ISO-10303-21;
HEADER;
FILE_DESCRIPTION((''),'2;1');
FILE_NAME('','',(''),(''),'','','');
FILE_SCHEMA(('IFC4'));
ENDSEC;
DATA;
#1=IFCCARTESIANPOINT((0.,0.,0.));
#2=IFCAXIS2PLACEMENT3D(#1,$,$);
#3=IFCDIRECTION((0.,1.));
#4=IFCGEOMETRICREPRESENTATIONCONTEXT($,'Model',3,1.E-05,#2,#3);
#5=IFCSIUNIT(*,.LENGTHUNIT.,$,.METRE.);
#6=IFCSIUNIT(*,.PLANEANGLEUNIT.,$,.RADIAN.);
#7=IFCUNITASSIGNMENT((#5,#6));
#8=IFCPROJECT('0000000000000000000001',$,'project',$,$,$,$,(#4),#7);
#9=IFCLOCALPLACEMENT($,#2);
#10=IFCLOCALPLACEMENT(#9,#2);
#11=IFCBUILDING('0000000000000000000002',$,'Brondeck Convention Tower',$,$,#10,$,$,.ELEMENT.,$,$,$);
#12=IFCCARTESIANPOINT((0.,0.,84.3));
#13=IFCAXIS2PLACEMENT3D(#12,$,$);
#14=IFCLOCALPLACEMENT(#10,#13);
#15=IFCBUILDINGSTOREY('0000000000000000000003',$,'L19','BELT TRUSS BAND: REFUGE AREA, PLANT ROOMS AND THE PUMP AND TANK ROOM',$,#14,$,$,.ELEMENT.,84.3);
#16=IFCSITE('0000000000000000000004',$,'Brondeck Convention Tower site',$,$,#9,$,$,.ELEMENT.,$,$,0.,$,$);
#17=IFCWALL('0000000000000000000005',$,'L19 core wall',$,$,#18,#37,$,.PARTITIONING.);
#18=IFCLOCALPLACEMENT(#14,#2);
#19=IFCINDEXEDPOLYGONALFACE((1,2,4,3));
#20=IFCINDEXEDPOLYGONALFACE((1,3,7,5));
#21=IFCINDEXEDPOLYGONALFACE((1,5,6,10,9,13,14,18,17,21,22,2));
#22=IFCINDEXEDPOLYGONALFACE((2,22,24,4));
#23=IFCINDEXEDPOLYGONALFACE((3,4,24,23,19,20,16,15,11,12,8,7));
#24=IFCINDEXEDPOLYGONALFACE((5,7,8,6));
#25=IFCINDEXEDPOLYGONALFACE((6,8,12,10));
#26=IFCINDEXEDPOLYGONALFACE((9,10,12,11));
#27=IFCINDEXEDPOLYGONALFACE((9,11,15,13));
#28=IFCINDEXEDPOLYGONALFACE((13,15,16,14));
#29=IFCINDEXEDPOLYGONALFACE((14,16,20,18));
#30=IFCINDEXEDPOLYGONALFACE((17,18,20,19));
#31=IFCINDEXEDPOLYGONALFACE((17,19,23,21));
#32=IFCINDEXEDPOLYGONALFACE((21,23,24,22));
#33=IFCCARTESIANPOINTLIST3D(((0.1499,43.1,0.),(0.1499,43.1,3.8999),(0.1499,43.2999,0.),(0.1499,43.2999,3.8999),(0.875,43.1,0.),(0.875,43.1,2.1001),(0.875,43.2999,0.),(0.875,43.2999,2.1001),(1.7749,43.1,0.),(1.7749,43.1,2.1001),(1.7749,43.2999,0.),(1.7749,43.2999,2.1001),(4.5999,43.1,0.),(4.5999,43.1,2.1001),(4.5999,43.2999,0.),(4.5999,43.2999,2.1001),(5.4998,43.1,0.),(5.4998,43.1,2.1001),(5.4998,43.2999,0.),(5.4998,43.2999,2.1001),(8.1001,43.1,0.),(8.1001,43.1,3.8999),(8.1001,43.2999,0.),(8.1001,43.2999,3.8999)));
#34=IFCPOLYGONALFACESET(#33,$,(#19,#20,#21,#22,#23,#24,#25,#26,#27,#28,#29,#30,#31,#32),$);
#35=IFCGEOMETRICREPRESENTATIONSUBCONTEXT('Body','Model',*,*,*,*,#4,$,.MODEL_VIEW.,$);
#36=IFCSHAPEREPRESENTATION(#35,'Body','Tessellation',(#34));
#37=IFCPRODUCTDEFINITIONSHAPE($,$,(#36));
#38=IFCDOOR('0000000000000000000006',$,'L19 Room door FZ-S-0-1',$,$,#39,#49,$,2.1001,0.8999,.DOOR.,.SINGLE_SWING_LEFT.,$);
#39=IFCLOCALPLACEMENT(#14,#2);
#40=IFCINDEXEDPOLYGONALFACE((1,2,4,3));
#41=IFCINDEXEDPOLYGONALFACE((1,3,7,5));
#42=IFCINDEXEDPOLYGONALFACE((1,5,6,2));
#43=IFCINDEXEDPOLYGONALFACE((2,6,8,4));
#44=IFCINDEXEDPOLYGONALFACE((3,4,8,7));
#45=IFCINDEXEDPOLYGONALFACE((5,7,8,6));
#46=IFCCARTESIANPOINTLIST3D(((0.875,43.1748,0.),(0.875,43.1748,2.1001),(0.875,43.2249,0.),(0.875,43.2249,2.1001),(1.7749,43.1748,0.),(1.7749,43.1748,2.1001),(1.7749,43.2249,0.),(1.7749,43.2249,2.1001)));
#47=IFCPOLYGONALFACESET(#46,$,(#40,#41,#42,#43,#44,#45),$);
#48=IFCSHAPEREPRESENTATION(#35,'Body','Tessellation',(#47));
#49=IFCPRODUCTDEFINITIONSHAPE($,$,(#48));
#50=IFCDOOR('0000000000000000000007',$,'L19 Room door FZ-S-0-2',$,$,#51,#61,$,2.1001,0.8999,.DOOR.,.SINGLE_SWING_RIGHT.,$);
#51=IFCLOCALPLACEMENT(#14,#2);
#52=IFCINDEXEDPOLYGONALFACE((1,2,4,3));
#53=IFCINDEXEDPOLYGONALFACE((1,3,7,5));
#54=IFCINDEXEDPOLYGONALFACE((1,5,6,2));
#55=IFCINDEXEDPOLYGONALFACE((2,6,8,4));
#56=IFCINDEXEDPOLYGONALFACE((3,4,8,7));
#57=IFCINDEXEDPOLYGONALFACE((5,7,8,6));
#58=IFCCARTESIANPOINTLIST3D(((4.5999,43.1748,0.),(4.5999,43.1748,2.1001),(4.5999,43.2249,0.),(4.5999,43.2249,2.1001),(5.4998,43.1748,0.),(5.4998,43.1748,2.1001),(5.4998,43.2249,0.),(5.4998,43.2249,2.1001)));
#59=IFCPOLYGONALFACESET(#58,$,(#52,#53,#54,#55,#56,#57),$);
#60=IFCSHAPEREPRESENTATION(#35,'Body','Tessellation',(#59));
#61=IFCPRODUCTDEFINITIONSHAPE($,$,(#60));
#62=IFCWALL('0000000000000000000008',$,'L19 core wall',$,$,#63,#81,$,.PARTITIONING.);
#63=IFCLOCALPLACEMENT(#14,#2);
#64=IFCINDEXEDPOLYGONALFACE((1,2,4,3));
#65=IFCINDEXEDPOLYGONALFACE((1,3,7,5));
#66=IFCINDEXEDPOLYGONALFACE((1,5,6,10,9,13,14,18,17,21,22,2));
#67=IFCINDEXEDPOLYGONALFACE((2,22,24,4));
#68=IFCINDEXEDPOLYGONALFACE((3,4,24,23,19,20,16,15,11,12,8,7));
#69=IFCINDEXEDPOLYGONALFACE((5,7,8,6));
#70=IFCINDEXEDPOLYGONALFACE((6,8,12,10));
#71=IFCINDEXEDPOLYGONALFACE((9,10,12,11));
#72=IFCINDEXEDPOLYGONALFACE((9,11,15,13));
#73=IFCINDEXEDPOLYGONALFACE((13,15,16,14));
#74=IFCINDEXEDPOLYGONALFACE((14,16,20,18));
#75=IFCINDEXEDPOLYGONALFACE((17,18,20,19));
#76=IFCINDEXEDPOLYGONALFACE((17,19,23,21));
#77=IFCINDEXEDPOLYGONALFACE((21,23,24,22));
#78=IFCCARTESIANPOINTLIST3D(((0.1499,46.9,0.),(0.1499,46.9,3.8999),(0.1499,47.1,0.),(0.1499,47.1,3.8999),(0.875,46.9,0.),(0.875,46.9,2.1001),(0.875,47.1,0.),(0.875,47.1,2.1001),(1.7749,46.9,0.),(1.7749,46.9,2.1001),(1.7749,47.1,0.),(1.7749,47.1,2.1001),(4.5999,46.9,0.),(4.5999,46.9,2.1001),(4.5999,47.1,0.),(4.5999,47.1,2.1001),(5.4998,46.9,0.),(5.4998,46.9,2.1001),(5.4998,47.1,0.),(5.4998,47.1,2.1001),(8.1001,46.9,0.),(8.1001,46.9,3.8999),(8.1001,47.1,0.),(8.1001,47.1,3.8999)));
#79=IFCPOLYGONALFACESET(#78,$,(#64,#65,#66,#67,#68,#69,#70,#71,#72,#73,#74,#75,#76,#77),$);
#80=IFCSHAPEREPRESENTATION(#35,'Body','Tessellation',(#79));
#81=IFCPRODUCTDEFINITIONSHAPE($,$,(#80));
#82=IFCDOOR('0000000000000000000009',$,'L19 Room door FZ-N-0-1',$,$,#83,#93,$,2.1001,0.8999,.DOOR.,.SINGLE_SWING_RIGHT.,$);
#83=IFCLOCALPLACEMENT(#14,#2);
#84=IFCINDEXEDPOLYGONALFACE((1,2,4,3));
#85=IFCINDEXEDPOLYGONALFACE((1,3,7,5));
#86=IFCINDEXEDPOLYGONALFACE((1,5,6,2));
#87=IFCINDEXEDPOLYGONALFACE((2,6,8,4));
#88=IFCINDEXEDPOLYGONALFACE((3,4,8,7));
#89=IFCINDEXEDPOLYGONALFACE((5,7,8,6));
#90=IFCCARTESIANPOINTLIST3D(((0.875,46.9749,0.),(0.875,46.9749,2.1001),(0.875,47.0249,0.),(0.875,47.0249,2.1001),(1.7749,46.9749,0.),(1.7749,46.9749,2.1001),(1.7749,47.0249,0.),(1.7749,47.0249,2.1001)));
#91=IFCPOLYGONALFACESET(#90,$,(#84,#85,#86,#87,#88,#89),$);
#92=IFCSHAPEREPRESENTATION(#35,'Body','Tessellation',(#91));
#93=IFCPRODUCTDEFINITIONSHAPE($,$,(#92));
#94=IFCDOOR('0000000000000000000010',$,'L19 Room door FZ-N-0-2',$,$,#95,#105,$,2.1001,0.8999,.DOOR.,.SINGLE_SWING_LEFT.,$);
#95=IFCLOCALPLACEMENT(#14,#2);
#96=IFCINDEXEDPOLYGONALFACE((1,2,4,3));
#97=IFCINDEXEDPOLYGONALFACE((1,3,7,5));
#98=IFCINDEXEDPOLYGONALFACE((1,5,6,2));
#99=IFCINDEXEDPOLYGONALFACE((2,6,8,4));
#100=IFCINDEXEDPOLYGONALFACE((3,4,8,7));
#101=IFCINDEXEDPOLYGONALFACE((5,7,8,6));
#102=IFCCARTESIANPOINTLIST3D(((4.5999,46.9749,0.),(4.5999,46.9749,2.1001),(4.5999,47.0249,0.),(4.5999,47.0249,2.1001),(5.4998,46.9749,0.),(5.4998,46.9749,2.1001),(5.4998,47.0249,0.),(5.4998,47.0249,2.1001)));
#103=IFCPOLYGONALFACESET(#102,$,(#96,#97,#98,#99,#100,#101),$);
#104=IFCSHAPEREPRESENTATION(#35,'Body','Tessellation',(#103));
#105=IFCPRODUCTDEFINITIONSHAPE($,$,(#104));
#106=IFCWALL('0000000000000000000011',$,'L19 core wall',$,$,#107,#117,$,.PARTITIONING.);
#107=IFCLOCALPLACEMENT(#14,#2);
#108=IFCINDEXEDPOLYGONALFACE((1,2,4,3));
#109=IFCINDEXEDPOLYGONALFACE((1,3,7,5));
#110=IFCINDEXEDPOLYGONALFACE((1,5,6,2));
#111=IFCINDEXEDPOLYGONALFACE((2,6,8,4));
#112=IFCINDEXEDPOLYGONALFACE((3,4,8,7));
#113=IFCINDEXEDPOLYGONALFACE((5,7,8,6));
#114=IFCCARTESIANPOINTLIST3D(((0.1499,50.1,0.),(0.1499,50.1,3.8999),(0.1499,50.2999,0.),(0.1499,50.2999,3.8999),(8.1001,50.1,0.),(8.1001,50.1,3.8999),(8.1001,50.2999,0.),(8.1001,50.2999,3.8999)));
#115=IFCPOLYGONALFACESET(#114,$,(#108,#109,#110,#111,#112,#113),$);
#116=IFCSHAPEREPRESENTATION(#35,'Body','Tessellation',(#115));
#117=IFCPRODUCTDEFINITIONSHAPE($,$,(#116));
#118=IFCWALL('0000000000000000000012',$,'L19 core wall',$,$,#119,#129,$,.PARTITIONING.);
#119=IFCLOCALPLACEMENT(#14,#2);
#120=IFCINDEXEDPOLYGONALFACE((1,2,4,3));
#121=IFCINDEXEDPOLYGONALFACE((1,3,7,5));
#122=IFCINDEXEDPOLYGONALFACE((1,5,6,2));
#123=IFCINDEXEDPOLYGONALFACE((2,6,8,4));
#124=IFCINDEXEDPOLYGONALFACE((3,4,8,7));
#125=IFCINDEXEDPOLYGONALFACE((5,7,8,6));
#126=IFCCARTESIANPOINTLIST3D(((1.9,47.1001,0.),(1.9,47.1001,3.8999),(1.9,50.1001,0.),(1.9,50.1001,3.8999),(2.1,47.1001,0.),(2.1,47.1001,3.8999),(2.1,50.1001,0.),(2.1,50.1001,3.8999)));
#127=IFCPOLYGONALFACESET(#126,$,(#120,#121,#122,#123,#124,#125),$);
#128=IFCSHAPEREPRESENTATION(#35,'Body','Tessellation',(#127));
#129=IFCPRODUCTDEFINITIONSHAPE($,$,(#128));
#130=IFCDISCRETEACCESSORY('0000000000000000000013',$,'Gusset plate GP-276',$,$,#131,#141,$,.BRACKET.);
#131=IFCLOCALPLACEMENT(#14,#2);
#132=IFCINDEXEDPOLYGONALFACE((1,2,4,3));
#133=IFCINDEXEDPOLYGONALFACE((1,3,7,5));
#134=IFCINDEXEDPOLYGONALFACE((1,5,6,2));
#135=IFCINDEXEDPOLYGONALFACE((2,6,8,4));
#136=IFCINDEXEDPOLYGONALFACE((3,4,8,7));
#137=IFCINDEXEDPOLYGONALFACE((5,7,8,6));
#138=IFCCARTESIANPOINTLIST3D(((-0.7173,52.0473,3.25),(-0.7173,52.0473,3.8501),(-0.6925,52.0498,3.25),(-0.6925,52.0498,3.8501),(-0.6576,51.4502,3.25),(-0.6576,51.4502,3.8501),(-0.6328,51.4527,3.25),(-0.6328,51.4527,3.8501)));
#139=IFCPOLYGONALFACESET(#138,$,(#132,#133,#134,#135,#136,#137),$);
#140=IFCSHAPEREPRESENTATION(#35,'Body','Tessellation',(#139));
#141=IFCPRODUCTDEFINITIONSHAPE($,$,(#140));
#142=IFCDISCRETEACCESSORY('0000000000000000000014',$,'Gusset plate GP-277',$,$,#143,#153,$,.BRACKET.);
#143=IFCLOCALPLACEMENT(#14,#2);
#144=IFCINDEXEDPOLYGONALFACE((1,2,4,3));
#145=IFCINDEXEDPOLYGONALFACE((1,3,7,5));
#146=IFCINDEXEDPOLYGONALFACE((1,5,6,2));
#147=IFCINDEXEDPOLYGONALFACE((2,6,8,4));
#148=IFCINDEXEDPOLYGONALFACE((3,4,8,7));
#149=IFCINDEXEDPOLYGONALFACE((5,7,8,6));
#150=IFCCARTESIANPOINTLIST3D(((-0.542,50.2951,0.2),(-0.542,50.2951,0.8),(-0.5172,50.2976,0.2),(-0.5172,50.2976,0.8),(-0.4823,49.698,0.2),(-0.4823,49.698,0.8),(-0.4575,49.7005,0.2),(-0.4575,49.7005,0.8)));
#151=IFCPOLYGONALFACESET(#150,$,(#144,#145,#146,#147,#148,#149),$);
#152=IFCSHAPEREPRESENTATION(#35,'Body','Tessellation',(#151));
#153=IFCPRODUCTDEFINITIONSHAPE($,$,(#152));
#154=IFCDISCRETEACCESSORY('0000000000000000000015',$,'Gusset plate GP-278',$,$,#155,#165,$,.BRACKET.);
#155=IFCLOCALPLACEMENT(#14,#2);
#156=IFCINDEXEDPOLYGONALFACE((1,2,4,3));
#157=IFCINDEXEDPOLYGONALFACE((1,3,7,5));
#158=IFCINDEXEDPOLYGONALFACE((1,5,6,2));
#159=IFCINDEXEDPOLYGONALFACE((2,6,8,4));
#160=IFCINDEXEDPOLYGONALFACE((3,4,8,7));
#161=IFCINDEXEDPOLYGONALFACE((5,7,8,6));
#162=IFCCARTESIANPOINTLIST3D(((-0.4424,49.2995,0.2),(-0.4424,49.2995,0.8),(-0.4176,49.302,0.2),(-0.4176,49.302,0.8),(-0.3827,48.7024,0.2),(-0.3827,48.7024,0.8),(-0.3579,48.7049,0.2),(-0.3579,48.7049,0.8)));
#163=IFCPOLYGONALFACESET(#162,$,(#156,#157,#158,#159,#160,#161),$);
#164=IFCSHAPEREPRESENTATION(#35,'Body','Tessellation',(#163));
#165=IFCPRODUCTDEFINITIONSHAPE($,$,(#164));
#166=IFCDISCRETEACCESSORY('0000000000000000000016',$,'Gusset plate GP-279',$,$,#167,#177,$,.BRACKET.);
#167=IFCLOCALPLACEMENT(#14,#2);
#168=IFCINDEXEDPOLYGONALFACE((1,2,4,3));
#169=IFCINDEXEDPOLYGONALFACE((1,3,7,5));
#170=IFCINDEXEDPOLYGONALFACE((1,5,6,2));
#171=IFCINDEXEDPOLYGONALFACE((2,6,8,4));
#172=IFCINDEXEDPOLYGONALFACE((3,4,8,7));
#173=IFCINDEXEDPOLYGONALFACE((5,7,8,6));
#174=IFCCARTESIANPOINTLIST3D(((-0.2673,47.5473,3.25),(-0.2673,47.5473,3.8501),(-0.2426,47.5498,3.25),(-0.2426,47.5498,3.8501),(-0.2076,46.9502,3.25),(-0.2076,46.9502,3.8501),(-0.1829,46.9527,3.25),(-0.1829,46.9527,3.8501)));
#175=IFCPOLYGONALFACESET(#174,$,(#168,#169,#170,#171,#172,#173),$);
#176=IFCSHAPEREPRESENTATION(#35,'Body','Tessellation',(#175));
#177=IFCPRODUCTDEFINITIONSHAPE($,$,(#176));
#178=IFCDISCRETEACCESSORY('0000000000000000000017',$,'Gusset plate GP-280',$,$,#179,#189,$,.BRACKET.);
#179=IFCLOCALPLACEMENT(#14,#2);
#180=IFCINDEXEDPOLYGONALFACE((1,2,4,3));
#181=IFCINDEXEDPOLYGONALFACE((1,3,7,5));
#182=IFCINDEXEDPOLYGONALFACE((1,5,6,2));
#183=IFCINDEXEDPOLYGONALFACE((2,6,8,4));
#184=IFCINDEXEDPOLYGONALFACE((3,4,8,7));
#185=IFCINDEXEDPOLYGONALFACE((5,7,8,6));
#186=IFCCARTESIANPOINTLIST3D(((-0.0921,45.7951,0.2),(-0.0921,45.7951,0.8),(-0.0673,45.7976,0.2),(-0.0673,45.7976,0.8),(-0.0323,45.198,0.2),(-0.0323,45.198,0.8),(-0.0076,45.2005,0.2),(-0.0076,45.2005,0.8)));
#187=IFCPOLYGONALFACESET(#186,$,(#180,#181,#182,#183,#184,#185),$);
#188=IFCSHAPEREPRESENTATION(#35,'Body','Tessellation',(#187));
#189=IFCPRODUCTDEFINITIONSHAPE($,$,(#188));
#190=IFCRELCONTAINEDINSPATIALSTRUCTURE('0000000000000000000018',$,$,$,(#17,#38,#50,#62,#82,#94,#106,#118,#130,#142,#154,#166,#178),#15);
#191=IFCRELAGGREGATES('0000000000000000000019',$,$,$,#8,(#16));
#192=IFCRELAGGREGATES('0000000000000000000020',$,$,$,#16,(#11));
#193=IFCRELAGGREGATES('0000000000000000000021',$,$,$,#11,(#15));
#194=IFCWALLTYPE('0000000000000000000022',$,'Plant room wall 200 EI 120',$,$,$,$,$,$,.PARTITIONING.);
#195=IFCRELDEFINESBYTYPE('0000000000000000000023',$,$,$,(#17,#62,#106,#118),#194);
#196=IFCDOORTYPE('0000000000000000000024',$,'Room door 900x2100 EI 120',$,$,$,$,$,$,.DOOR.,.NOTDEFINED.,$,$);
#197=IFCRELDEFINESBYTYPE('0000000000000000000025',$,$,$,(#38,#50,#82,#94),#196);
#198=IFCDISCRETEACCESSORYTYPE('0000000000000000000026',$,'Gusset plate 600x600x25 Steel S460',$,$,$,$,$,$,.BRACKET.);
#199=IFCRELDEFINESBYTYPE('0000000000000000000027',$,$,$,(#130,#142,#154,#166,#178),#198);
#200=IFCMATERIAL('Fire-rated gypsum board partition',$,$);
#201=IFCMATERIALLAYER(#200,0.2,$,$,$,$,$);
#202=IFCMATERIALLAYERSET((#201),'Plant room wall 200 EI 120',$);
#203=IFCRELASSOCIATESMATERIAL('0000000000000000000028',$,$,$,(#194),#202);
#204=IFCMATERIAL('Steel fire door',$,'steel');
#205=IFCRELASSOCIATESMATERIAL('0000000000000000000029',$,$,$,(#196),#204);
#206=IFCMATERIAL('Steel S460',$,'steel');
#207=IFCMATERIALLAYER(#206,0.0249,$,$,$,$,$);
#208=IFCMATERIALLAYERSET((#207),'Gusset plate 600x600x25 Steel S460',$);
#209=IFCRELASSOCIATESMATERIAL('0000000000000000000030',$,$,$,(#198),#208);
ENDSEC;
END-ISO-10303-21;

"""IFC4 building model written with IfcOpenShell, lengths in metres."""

from ifc_helpers import new_model, si_unit, direction, frame, frame_2d, origin, origin_2d, place, context, subcontext, project, spatial, rectangle, extrude, material, layer, layer_set, type_object, element, fill, save


model = new_model("IFC4")

# Units and contexts
model_context = context("Model", 3, precision=1e-05, world=origin(), true_north=direction((0.0, 1.0)))
body_context = subcontext(model_context, "Body", "Model", "MODEL_VIEW")
ifc_project = project(units=[si_unit("LENGTHUNIT", "METRE"), si_unit("PLANEANGLEUNIT", "RADIAN")], contexts=[model_context])

# Site, building, storey
site_placement = place(None, origin())
site = spatial("IfcSite", under=ifc_project, at=site_placement, Name="Brondeck Convention Tower site", CompositionType="ELEMENT", RefElevation=0.0)
building_placement = place(site_placement, origin())
building = spatial("IfcBuilding", under=site, at=building_placement, Name="Brondeck Convention Tower", CompositionType="ELEMENT")
storey_placement = place(building_placement, frame((0.0, 0.0, 84.3)))
storey = spatial("IfcBuildingStorey", under=building, at=storey_placement, Name="L19", Description="BELT TRUSS BAND: REFUGE AREA, PLANT ROOMS AND THE PUMP AND TANK ROOM", CompositionType="ELEMENT", Elevation=84.3)

# Shared definitions
ifc_material_1 = material(Name="Steel S460", Category="steel")

# Walls, openings, doors
ifc_material_2 = material(Name="Fire-rated gypsum board partition")
ifc_layer_1 = layer(ifc_material_2, 0.2)
ifc_layer_set_1 = layer_set([ifc_layer_1], Name="Plant room wall 200 EI 120")
wall_type_1 = type_object("IfcWallType", Name="Plant room wall 200 EI 120", PredefinedType="PARTITIONING", material=ifc_layer_set_1)
wall_1_placement = place(storey_placement, frame((0.1499, 43.2, 0.0), z_axis=(0.0, 0.0, 1.0), x_axis=(1.0, 0.0, 0.0)))
wall_1 = element("IfcWall", 1, at=wall_1_placement, inside=storey, type_object=wall_type_1, Name="L19 core wall", PredefinedType="PARTITIONING", context=body_context, shape_type="SweptSolid", body=[
    extrude(rectangle(XDim=7.9502, YDim=0.2, at=frame_2d((3.9751, 0.0))), origin(), (0.0, 0.0, 1.0), 3.8999),
])
opening_1_placement = place(wall_1_placement, frame((0.7251, 0.0, 0.0)))
opening_1 = element("IfcOpeningElement", 2, at=opening_1_placement, cuts=wall_1, PredefinedType="OPENING", context=body_context, shape_type="SweptSolid", body=[
    extrude(rectangle(XDim=0.8999, YDim=2.1001, at=frame_2d((0.45, 1.05))), frame((0.0, 0.1099, 0.0), z_axis=(0.0, -1.0, 0.0), x_axis=(1.0, 0.0, 0.0)), (0.0, 0.0, 1.0), 0.22),
])
opening_2_placement = place(wall_1_placement, frame((4.45, 0.0, 0.0)))
opening_2 = element("IfcOpeningElement", 3, at=opening_2_placement, cuts=wall_1, PredefinedType="OPENING", context=body_context, shape_type="SweptSolid", body=[
    extrude(rectangle(XDim=0.8999, YDim=2.1001, at=frame_2d((0.45, 1.05))), frame((0.0, 0.1099, 0.0), z_axis=(0.0, -1.0, 0.0), x_axis=(1.0, 0.0, 0.0)), (0.0, 0.0, 1.0), 0.22),
])
ifc_material_3 = material(Name="Steel fire door", Category="steel")
door_type = type_object("IfcDoorType", Name="Room door 900x2100 EI 120", OperationType="NOTDEFINED", PredefinedType="DOOR", material=ifc_material_3)
door_1_placement = place(opening_1_placement, origin())
door_1 = element("IfcDoor", 4, at=door_1_placement, inside=storey, type_object=door_type, Name="L19 Room door FZ-S-0-1", OperationType="SINGLE_SWING_LEFT", OverallHeight=2.1001, OverallWidth=0.8999, PredefinedType="DOOR", context=body_context, shape_type="SweptSolid", body=[
    extrude(rectangle(XDim=0.8999, YDim=2.1001, at=frame_2d((0.45, 1.05))), frame((0.0, 0.0249, 0.0), z_axis=(0.0, -1.0, 0.0), x_axis=(1.0, 0.0, 0.0)), (0.0, 0.0, 1.0), 0.05),
])
fill(opening_1, door_1)
door_2_placement = place(opening_2_placement, origin())
door_2 = element("IfcDoor", 5, at=door_2_placement, inside=storey, type_object=door_type, Name="L19 Room door FZ-S-0-2", OperationType="SINGLE_SWING_RIGHT", OverallHeight=2.1001, OverallWidth=0.8999, PredefinedType="DOOR", context=body_context, shape_type="SweptSolid", body=[
    extrude(rectangle(XDim=0.8999, YDim=2.1001, at=frame_2d((0.45, 1.05))), frame((0.0, 0.0249, 0.0), z_axis=(0.0, -1.0, 0.0), x_axis=(1.0, 0.0, 0.0)), (0.0, 0.0, 1.0), 0.05),
])
fill(opening_2, door_2)
wall_2_placement = place(storey_placement, frame((0.1499, 47.0, 0.0), z_axis=(0.0, 0.0, 1.0), x_axis=(1.0, 0.0, 0.0)))
wall_2 = element("IfcWall", 6, at=wall_2_placement, inside=storey, type_object=wall_type_1, Name="L19 core wall", PredefinedType="PARTITIONING", context=body_context, shape_type="SweptSolid", body=[
    extrude(rectangle(XDim=7.9502, YDim=0.2, at=frame_2d((3.9751, 0.0))), origin(), (0.0, 0.0, 1.0), 3.8999),
])
opening_3_placement = place(wall_2_placement, frame((0.7251, 0.0, 0.0)))
opening_3 = element("IfcOpeningElement", 7, at=opening_3_placement, cuts=wall_2, PredefinedType="OPENING", context=body_context, shape_type="SweptSolid", body=[
    extrude(rectangle(XDim=0.8999, YDim=2.1001, at=frame_2d((0.45, 1.05))), frame((0.0, 0.1099, 0.0), z_axis=(0.0, -1.0, 0.0), x_axis=(1.0, 0.0, 0.0)), (0.0, 0.0, 1.0), 0.22),
])
opening_4_placement = place(wall_2_placement, frame((4.45, 0.0, 0.0)))
opening_4 = element("IfcOpeningElement", 8, at=opening_4_placement, cuts=wall_2, PredefinedType="OPENING", context=body_context, shape_type="SweptSolid", body=[
    extrude(rectangle(XDim=0.8999, YDim=2.1001, at=frame_2d((0.45, 1.05))), frame((0.0, 0.1099, 0.0), z_axis=(0.0, -1.0, 0.0), x_axis=(1.0, 0.0, 0.0)), (0.0, 0.0, 1.0), 0.22),
])
door_3_placement = place(opening_3_placement, origin())
door_3 = element("IfcDoor", 9, at=door_3_placement, inside=storey, type_object=door_type, Name="L19 Room door FZ-N-0-1", OperationType="SINGLE_SWING_RIGHT", OverallHeight=2.1001, OverallWidth=0.8999, PredefinedType="DOOR", context=body_context, shape_type="SweptSolid", body=[
    extrude(rectangle(XDim=0.8999, YDim=2.1001, at=frame_2d((0.45, 1.05))), frame((0.0, 0.0249, 0.0), z_axis=(0.0, -1.0, 0.0), x_axis=(1.0, 0.0, 0.0)), (0.0, 0.0, 1.0), 0.05),
])
fill(opening_3, door_3)
door_4_placement = place(opening_4_placement, origin())
door_4 = element("IfcDoor", 10, at=door_4_placement, inside=storey, type_object=door_type, Name="L19 Room door FZ-N-0-2", OperationType="SINGLE_SWING_LEFT", OverallHeight=2.1001, OverallWidth=0.8999, PredefinedType="DOOR", context=body_context, shape_type="SweptSolid", body=[
    extrude(rectangle(XDim=0.8999, YDim=2.1001, at=frame_2d((0.45, 1.05))), frame((0.0, 0.0249, 0.0), z_axis=(0.0, -1.0, 0.0), x_axis=(1.0, 0.0, 0.0)), (0.0, 0.0, 1.0), 0.05),
])
fill(opening_4, door_4)

# Walls
wall_3_placement = place(storey_placement, frame((0.1499, 50.2, 0.0), z_axis=(0.0, 0.0, 1.0), x_axis=(1.0, 0.0, 0.0)))
element("IfcWall", 11, at=wall_3_placement, inside=storey, type_object=wall_type_1, Name="L19 core wall", PredefinedType="PARTITIONING", context=body_context, shape_type="SweptSolid", body=[
    extrude(rectangle(XDim=7.9502, YDim=0.2, at=frame_2d((3.9751, 0.0))), origin(), (0.0, 0.0, 1.0), 3.8999),
])
wall_4_placement = place(storey_placement, frame((2.0, 47.1001, 0.0), z_axis=(0.0, 0.0, 1.0), x_axis=(0.0, 1.0, 0.0)))
element("IfcWall", 12, at=wall_4_placement, inside=storey, type_object=wall_type_1, Name="L19 core wall", PredefinedType="PARTITIONING", context=body_context, shape_type="SweptSolid", body=[
    extrude(rectangle(XDim=3.0, YDim=0.2, at=frame_2d((1.5, 0.0))), origin(), (0.0, 0.0, 1.0), 3.8999),
])

# Discrete accessories
ifc_layer_2 = layer(ifc_material_1, 0.0249)
ifc_layer_set_2 = layer_set([ifc_layer_2], Name="Gusset plate 600x600x25 Steel S460")
discrete_accessory_type = type_object("IfcDiscreteAccessoryType", Name="Gusset plate 600x600x25 Steel S460", PredefinedType="BRACKET", material=ifc_layer_set_2)
for number, where, z_axis, x_axis, name in (
    (13, (-0.675, 51.75, 3.25), (0.0, 0.0, 1.0), (-0.099511, 0.995036, 0.0), "Gusset plate GP-276"),
    (14, (-0.4998, 49.9978, 0.2), (0.0, 0.0, 1.0), (-0.099511, 0.995036, 0.0), "Gusset plate GP-277"),
    (15, (-0.4001, 49.0022, 0.2), (0.0, 0.0, 1.0), (-0.099511, 0.995036, 0.0), "Gusset plate GP-278"),
    (16, (-0.2251, 47.25, 3.25), (0.0, 0.0, 1.0), (-0.099511, 0.995036, 0.0), "Gusset plate GP-279"),
    (17, (-0.0498, 45.4978, 0.2), (0.0, 0.0, 1.0), (-0.099511, 0.995036, 0.0), "Gusset plate GP-280"),
):
    element("IfcDiscreteAccessory", number, at=place(storey_placement, frame(where, z_axis=z_axis, x_axis=x_axis)), inside=storey, type_object=discrete_accessory_type, Name=name, PredefinedType="BRACKET", context=body_context, shape_type="SweptSolid", body=[
        extrude(rectangle(XDim=0.6001, YDim=0.0249, at=origin_2d()), origin(), (0.0, 0.0, 1.0), 0.6001),
    ])

save(model, "model.ifc")
